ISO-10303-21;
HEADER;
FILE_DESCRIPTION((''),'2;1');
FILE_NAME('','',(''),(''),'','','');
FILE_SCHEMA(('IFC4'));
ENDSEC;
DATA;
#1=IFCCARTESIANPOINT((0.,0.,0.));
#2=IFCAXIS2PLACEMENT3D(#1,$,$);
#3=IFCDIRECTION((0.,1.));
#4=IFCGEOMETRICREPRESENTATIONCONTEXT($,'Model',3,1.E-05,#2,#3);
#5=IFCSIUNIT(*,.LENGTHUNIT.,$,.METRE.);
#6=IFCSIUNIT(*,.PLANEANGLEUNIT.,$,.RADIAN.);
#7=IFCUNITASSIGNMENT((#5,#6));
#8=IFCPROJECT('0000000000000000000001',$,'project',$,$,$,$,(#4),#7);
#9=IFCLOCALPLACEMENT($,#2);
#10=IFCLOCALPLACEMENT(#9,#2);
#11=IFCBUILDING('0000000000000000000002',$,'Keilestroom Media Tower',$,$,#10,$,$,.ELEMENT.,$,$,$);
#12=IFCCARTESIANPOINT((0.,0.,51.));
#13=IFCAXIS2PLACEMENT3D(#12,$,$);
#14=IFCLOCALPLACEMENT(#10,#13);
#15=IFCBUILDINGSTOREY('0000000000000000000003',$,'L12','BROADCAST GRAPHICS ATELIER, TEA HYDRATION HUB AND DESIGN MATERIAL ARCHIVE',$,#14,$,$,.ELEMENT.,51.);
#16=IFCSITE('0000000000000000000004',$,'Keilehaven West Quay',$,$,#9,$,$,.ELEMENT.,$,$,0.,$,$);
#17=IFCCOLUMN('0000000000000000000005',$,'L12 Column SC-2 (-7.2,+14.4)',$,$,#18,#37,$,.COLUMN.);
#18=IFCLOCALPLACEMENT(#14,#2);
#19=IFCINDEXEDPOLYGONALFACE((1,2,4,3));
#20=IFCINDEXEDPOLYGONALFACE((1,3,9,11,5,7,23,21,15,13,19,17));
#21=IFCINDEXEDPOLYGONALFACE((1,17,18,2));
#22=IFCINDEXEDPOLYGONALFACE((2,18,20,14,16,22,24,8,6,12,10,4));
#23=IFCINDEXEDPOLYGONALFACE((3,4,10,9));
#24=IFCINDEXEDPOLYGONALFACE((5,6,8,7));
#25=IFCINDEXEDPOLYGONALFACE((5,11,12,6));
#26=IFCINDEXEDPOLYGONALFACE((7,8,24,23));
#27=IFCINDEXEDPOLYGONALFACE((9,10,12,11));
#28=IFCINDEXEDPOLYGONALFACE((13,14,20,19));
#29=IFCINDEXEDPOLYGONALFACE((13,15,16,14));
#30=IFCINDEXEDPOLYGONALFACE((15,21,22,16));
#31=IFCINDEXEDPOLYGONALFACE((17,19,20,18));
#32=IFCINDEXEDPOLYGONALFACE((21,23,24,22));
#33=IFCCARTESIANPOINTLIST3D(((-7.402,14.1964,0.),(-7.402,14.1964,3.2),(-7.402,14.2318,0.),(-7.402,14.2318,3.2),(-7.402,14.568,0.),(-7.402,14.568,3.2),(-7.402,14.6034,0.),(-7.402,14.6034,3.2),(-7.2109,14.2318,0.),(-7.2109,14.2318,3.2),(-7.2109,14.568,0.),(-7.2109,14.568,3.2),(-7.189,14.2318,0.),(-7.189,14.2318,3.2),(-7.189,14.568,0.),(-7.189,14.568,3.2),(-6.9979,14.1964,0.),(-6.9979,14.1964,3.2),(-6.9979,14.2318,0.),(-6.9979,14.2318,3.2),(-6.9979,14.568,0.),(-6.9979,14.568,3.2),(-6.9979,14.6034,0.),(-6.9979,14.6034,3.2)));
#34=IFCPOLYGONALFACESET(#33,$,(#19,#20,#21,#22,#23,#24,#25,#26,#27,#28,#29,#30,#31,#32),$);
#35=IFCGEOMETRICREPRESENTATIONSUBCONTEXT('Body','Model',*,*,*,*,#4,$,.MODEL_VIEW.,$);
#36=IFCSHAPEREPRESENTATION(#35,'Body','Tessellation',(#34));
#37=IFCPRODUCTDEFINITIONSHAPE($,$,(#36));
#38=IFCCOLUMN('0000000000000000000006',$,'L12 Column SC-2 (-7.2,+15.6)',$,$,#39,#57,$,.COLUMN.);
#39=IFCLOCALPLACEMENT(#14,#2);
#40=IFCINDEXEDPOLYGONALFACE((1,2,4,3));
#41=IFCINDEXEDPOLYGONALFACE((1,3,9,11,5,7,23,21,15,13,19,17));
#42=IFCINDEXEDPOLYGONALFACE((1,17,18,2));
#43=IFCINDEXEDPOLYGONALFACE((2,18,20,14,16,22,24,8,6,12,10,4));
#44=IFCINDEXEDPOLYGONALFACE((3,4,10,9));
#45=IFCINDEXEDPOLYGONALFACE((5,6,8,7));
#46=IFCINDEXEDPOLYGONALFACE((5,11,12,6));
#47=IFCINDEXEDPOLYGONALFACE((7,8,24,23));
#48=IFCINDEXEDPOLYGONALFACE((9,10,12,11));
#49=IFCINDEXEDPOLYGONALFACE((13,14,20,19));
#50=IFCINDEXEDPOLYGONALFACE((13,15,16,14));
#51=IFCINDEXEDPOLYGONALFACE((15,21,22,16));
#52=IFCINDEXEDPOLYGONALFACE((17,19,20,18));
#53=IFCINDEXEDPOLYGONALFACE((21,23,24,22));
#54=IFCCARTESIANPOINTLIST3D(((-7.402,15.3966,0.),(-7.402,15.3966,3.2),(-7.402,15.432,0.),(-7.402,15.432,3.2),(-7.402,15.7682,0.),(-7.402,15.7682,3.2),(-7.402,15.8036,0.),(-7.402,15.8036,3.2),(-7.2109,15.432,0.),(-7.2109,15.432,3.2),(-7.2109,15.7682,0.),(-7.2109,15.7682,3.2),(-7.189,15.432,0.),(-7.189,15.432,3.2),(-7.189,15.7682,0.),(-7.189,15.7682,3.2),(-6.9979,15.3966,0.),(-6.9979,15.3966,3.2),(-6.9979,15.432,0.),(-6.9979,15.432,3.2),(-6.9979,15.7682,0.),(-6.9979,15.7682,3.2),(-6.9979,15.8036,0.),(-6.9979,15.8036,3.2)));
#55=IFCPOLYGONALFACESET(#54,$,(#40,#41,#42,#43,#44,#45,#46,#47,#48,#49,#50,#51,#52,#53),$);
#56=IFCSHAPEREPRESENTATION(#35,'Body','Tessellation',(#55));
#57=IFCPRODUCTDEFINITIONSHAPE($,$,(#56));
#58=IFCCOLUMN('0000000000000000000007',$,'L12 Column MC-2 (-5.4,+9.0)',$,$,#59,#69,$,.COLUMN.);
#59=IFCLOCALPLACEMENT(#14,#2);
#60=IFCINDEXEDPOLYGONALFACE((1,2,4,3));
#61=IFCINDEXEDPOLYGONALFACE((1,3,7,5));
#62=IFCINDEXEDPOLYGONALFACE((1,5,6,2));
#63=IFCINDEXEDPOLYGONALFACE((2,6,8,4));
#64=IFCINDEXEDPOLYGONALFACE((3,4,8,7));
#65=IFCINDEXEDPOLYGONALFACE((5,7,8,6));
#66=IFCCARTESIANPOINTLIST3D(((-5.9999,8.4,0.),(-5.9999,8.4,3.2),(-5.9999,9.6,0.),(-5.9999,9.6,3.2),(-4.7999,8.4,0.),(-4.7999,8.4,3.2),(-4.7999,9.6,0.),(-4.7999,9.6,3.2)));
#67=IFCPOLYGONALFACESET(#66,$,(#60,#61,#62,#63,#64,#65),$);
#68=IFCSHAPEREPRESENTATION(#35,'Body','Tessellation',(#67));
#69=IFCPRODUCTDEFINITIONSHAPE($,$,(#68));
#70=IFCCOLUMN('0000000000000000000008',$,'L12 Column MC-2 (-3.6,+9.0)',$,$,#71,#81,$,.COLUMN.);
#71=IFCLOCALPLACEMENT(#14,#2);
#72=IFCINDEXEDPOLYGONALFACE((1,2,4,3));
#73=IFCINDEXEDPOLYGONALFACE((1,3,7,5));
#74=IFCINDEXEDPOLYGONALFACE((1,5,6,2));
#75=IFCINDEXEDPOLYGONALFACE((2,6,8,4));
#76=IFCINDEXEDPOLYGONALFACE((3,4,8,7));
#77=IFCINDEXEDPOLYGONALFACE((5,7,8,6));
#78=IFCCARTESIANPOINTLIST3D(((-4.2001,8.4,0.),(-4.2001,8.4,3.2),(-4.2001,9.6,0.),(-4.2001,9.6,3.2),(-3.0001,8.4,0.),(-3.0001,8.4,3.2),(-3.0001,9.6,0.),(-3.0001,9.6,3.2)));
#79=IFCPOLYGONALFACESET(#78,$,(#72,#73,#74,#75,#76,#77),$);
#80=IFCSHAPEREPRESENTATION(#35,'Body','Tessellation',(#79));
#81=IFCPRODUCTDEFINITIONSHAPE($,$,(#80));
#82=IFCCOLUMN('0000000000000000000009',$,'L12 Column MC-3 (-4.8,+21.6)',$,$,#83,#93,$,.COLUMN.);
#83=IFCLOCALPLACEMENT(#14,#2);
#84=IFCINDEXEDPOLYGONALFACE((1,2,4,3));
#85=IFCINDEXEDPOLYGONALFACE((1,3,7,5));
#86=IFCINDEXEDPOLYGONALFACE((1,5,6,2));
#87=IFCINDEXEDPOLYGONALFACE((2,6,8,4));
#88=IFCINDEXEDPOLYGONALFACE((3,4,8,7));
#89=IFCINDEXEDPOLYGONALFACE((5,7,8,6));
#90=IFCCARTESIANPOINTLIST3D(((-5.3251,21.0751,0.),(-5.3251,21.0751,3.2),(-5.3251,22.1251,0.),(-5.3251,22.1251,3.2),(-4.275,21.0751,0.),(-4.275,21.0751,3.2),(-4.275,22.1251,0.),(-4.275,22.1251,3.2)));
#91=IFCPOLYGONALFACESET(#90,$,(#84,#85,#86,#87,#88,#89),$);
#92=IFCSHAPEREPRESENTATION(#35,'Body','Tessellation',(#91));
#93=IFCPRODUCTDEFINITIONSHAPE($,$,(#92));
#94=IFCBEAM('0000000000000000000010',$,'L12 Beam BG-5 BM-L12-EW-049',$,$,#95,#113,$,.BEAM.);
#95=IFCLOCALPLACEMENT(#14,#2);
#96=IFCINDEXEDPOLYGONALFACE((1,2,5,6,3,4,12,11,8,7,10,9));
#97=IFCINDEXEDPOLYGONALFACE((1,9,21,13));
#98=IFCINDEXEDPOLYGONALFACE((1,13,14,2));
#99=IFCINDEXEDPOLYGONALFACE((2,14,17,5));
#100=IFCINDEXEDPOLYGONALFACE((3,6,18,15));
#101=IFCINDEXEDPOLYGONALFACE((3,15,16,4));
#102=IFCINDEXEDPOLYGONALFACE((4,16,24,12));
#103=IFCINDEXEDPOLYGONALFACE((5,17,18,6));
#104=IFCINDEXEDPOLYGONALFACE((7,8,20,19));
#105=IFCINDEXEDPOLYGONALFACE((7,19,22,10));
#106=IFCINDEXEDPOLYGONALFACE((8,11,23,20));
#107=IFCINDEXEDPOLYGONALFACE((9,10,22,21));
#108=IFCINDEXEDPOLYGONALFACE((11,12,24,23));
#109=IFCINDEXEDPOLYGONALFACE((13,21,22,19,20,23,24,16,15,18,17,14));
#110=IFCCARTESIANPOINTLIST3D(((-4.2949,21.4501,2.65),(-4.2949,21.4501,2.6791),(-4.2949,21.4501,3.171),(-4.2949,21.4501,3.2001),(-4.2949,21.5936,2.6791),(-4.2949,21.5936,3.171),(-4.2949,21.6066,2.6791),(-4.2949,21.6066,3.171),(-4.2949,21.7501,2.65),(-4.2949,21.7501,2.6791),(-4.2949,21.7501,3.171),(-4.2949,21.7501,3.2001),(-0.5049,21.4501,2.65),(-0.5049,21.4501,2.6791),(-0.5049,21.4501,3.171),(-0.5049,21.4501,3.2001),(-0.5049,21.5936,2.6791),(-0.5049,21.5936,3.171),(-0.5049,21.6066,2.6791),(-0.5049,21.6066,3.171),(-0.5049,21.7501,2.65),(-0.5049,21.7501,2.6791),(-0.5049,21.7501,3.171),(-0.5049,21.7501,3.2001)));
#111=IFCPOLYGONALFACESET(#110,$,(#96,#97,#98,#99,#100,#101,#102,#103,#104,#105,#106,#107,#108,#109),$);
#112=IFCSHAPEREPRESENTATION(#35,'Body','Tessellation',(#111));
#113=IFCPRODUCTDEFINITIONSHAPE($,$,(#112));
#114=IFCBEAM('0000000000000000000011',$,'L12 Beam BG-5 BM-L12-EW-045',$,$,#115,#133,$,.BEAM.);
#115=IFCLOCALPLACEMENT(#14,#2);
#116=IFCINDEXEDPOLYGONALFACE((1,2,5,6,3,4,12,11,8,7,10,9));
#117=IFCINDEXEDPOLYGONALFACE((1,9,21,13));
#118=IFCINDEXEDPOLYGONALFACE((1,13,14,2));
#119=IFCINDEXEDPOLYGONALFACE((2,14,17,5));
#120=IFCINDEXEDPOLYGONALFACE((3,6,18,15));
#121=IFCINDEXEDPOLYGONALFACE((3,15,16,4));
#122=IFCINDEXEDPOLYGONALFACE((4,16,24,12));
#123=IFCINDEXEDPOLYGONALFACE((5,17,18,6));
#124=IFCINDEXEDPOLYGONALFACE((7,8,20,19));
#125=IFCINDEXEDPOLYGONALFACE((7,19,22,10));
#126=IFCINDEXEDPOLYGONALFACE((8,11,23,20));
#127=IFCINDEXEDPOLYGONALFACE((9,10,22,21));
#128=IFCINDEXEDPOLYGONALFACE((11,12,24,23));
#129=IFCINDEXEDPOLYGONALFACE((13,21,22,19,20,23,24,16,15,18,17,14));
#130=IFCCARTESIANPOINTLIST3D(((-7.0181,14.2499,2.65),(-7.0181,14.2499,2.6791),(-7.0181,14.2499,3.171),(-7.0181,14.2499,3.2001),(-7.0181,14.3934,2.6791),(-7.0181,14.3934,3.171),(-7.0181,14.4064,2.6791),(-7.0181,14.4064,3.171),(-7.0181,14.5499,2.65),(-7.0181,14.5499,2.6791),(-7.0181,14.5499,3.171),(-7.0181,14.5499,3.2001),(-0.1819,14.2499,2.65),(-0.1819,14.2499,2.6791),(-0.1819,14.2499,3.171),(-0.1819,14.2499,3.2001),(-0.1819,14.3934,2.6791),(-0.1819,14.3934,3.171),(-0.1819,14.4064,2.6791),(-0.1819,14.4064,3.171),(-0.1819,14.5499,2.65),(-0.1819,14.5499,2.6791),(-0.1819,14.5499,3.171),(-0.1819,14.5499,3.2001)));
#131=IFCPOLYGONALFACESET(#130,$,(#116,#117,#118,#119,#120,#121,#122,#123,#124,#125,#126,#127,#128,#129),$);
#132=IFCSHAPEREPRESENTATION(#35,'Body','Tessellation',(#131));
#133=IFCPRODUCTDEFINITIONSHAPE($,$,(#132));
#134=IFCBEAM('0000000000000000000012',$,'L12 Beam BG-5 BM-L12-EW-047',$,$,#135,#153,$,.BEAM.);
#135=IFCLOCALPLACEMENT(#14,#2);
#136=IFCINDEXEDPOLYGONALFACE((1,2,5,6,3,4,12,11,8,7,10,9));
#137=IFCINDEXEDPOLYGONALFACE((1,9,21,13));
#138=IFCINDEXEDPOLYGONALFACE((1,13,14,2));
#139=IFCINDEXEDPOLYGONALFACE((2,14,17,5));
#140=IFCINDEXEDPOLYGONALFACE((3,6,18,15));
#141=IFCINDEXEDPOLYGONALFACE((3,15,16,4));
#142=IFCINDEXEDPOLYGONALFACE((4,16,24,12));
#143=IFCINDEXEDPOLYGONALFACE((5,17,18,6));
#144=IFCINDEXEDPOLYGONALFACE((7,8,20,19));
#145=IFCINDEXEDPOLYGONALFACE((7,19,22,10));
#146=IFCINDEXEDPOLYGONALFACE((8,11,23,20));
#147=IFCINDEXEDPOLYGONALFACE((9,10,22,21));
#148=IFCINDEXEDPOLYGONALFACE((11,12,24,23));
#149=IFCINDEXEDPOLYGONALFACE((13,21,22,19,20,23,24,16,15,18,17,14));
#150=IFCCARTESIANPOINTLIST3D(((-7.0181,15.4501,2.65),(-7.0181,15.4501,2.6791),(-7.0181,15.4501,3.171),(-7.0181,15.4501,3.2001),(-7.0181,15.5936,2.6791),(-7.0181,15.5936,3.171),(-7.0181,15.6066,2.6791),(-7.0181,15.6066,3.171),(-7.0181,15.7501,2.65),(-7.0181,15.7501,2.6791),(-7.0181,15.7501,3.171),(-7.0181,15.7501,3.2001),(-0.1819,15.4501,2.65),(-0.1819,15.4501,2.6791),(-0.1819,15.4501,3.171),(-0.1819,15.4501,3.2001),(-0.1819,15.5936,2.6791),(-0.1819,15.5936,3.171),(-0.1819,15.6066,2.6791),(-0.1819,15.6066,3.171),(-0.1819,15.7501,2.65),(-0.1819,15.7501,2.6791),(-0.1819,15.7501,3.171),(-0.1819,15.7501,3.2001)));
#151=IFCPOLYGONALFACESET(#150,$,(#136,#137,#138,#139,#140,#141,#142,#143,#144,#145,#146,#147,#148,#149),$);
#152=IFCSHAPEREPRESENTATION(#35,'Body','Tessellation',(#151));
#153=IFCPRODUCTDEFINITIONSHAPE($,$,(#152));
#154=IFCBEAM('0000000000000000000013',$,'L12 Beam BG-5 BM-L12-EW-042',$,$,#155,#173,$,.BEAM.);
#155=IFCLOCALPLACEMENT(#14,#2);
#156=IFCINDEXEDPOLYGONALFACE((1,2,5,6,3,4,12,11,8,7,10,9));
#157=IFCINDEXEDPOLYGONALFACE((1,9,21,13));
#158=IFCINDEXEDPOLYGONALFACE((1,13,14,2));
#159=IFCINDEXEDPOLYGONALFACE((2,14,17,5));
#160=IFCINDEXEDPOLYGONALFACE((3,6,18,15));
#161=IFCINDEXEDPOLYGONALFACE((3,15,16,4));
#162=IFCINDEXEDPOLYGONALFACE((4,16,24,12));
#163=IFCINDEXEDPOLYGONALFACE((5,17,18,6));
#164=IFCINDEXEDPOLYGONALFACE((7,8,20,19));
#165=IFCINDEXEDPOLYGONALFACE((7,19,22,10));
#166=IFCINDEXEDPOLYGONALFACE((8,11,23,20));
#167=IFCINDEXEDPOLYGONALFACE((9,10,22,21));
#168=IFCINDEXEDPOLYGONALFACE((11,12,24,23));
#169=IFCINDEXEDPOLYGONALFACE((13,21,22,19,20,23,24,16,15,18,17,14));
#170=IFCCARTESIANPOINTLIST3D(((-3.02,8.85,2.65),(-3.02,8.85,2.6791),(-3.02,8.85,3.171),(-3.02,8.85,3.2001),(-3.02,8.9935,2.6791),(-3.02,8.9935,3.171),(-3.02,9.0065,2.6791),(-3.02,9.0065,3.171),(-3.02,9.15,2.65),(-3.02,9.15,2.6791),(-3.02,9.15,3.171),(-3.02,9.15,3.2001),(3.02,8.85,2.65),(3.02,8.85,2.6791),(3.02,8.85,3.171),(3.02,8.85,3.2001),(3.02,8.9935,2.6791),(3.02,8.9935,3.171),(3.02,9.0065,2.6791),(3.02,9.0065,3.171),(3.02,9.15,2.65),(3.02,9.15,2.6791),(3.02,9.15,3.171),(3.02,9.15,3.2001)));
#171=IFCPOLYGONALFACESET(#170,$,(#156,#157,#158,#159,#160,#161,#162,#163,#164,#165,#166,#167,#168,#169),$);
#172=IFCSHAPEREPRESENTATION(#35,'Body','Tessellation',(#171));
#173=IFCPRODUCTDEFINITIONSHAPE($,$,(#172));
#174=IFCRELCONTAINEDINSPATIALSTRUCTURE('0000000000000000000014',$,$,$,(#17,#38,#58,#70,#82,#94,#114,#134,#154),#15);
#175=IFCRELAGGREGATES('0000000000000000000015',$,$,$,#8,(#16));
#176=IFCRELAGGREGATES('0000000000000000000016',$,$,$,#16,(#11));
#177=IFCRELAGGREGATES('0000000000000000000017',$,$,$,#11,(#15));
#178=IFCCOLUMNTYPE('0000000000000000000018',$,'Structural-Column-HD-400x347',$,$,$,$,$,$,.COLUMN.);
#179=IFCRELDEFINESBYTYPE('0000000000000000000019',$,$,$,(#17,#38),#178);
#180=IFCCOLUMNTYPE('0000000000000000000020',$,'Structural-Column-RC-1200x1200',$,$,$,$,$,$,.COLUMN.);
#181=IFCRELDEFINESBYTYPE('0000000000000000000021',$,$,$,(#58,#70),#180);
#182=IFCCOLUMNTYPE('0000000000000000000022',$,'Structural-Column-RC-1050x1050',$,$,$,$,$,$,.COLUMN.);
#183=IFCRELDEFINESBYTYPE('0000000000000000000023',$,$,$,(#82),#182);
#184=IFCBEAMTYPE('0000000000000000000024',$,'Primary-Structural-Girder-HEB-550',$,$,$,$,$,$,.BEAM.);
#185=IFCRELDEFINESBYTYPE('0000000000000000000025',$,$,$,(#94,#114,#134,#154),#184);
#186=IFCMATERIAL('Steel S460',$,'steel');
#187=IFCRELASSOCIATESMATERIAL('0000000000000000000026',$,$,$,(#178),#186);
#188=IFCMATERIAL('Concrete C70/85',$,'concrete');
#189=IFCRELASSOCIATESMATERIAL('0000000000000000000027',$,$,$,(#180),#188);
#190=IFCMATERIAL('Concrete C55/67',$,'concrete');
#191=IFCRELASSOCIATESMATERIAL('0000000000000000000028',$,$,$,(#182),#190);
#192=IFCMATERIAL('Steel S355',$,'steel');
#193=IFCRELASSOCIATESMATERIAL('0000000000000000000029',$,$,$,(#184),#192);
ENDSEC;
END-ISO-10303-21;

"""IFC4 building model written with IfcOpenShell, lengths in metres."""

from ifc_helpers import new_model, si_unit, direction, frame, origin, origin_2d, place, context, subcontext, project, spatial, rectangle, i_section, extrude, source, transform, mapped, material, material_profile, profile_set, type_object, element, save


model = new_model("IFC4")

# Units and contexts
model_context = context("Model", 3, precision=1e-05, world=origin(), true_north=direction((0.0, 1.0)))
body_context = subcontext(model_context, "Body", "Model", "MODEL_VIEW")
ifc_project = project(units=[si_unit("LENGTHUNIT", "METRE"), si_unit("PLANEANGLEUNIT", "RADIAN")], contexts=[model_context])

# Site, building, storey
site_placement = place(None, origin())
site = spatial("IfcSite", under=ifc_project, at=site_placement, Name="Keilehaven West Quay", CompositionType="ELEMENT", RefElevation=0.0)
building_placement = place(site_placement, origin())
building = spatial("IfcBuilding", under=site, at=building_placement, Name="Keilestroom Media Tower", CompositionType="ELEMENT")
storey_placement = place(building_placement, frame((0.0, 0.0, 51.0)))
storey = spatial("IfcBuildingStorey", under=building, at=storey_placement, Name="L12", Description="BROADCAST GRAPHICS ATELIER, TEA HYDRATION HUB AND DESIGN MATERIAL ARCHIVE", CompositionType="ELEMENT", Elevation=51.0)

# Columns
ifc_material_1 = material(Name="Steel S460", Category="steel")
ifc_material_profile_1 = material_profile(ifc_material_1, i_section(OverallWidth=0.4041, OverallDepth=0.407, WebThickness=0.022, FlangeThickness=0.0354, at=origin_2d()), Name="HD 400x347")
ifc_profile_set_1 = profile_set([ifc_material_profile_1], Name="Steel S460")
column_type_1 = type_object("IfcColumnType", Name="Structural-Column-HD-400x347", PredefinedType="COLUMN", material=ifc_profile_set_1)
shared_shape_1 = source(origin(), body_context, "Body", "SweptSolid", [
    extrude(i_section(OverallWidth=0.4041, OverallDepth=0.407, WebThickness=0.022, FlangeThickness=0.0354, at=origin_2d()), origin(), (0.0, 0.0, 1.0), 3.2),
])
for number, where, z_axis, x_axis, name in (
    (1, (-7.2, 14.3999, 0.0), (0.0, 0.0, 1.0), (1.0, 0.0, 0.0), "L12 Column SC-2 (-7.2,+14.4)"),
    (2, (-7.2, 15.6001, 0.0), (0.0, 0.0, 1.0), (1.0, 0.0, 0.0), "L12 Column SC-2 (-7.2,+15.6)"),
):
    element("IfcColumn", number, at=place(storey_placement, frame(where, z_axis=z_axis, x_axis=x_axis)), inside=storey, type_object=column_type_1, Name=name, PredefinedType="COLUMN", context=body_context, shape_type="MappedRepresentation", body=[
        mapped(shared_shape_1, transform((0.0, 0.0, 0.0), x_axis=(1.0, 0.0, 0.0), y_axis=(0.0, 1.0, 0.0), z_axis=(0.0, 0.0, 1.0), scale=1.0)),
    ])
ifc_material_2 = material(Name="Concrete C70/85", Category="concrete")
ifc_material_profile_2 = material_profile(ifc_material_2, rectangle(XDim=1.2, YDim=1.2, at=origin_2d()), Name="RC 1200x1200")
ifc_profile_set_2 = profile_set([ifc_material_profile_2], Name="Concrete C70/85")
column_type_2 = type_object("IfcColumnType", Name="Structural-Column-RC-1200x1200", PredefinedType="COLUMN", material=ifc_profile_set_2)
shared_shape_2 = source(origin(), body_context, "Body", "SweptSolid", [
    extrude(rectangle(XDim=1.2, YDim=1.2, at=origin_2d()), origin(), (0.0, 0.0, 1.0), 3.2),
])
for number, where, z_axis, x_axis, name in (
    (3, (-5.3999, 9.0, 0.0), (0.0, 0.0, 1.0), (1.0, 0.0, 0.0), "L12 Column MC-2 (-5.4,+9.0)"),
    (4, (-3.6001, 9.0, 0.0), (0.0, 0.0, 1.0), (1.0, 0.0, 0.0), "L12 Column MC-2 (-3.6,+9.0)"),
):
    element("IfcColumn", number, at=place(storey_placement, frame(where, z_axis=z_axis, x_axis=x_axis)), inside=storey, type_object=column_type_2, Name=name, PredefinedType="COLUMN", context=body_context, shape_type="MappedRepresentation", body=[
        mapped(shared_shape_2, transform((0.0, 0.0, 0.0), x_axis=(1.0, 0.0, 0.0), y_axis=(0.0, 1.0, 0.0), z_axis=(0.0, 0.0, 1.0), scale=1.0)),
    ])
ifc_material_3 = material(Name="Concrete C55/67", Category="concrete")
ifc_material_profile_3 = material_profile(ifc_material_3, rectangle(XDim=1.05, YDim=1.05, at=origin_2d()), Name="RC 1050x1050")
ifc_profile_set_3 = profile_set([ifc_material_profile_3], Name="Concrete C55/67")
column_type_3 = type_object("IfcColumnType", Name="Structural-Column-RC-1050x1050", PredefinedType="COLUMN", material=ifc_profile_set_3)
shared_shape_3 = source(origin(), body_context, "Body", "SweptSolid", [
    extrude(rectangle(XDim=1.05, YDim=1.05, at=origin_2d()), origin(), (0.0, 0.0, 1.0), 3.2),
])
column_placement = place(storey_placement, frame((-4.8, 21.6001, 0.0), z_axis=(0.0, 0.0, 1.0), x_axis=(1.0, 0.0, 0.0)))
element("IfcColumn", 5, at=column_placement, inside=storey, type_object=column_type_3, Name="L12 Column MC-3 (-4.8,+21.6)", PredefinedType="COLUMN", context=body_context, shape_type="MappedRepresentation", body=[
    mapped(shared_shape_3, transform((0.0, 0.0, 0.0), x_axis=(1.0, 0.0, 0.0), y_axis=(0.0, 1.0, 0.0), z_axis=(0.0, 0.0, 1.0), scale=1.0)),
])

# Beams
ifc_material_4 = material(Name="Steel S355", Category="steel")
ifc_material_profile_4 = material_profile(ifc_material_4, i_section(OverallWidth=0.3, OverallDepth=0.55, WebThickness=0.0129, FlangeThickness=0.0291, at=origin_2d()), Name="HEB 550")
ifc_profile_set_4 = profile_set([ifc_material_profile_4], Name="Steel S355")
beam_type = type_object("IfcBeamType", Name="Primary-Structural-Girder-HEB-550", PredefinedType="BEAM", material=ifc_profile_set_4)
shared_shape_4 = source(origin(), body_context, "Body", "SweptSolid", [
    extrude(i_section(OverallWidth=0.3, OverallDepth=0.55, WebThickness=0.0129, FlangeThickness=0.0291, at=origin_2d()), origin(), (0.0, 0.0, 1.0), 3.79),
])
beam_1_placement = place(storey_placement, frame((-4.2949, 21.6001, 2.925), z_axis=(1.0, 0.0, 0.0), x_axis=(0.0, 1.0, 0.0)))
element("IfcBeam", 6, at=beam_1_placement, inside=storey, type_object=beam_type, Name="L12 Beam BG-5 BM-L12-EW-049", PredefinedType="BEAM", context=body_context, shape_type="MappedRepresentation", body=[
    mapped(shared_shape_4, transform((0.0, 0.0, 0.0), x_axis=(1.0, 0.0, 0.0), y_axis=(0.0, 1.0, 0.0), z_axis=(0.0, 0.0, 1.0), scale=1.0)),
])
shared_shape_5 = source(origin(), body_context, "Body", "SweptSolid", [
    extrude(i_section(OverallWidth=0.3, OverallDepth=0.55, WebThickness=0.0129, FlangeThickness=0.0291, at=origin_2d()), origin(), (0.0, 0.0, 1.0), 6.8362),
])
for number, where, z_axis, x_axis, name in (
    (7, (-7.0181, 14.3999, 2.925), (1.0, 0.0, 0.0), (0.0, 1.0, 0.0), "L12 Beam BG-5 BM-L12-EW-045"),
    (8, (-7.0181, 15.6001, 2.925), (1.0, 0.0, 0.0), (0.0, 1.0, 0.0), "L12 Beam BG-5 BM-L12-EW-047"),
):
    element("IfcBeam", number, at=place(storey_placement, frame(where, z_axis=z_axis, x_axis=x_axis)), inside=storey, type_object=beam_type, Name=name, PredefinedType="BEAM", context=body_context, shape_type="MappedRepresentation", body=[
        mapped(shared_shape_5, transform((0.0, 0.0, 0.0), x_axis=(1.0, 0.0, 0.0), y_axis=(0.0, 1.0, 0.0), z_axis=(0.0, 0.0, 1.0), scale=1.0)),
    ])
shared_shape_6 = source(origin(), body_context, "Body", "SweptSolid", [
    extrude(i_section(OverallWidth=0.3, OverallDepth=0.55, WebThickness=0.0129, FlangeThickness=0.0291, at=origin_2d()), origin(), (0.0, 0.0, 1.0), 6.04),
])
beam_2_placement = place(storey_placement, frame((-3.02, 9.0, 2.925), z_axis=(1.0, 0.0, 0.0), x_axis=(0.0, 1.0, 0.0)))
element("IfcBeam", 9, at=beam_2_placement, inside=storey, type_object=beam_type, Name="L12 Beam BG-5 BM-L12-EW-042", PredefinedType="BEAM", context=body_context, shape_type="MappedRepresentation", body=[
    mapped(shared_shape_6, transform((0.0, 0.0, 0.0), x_axis=(1.0, 0.0, 0.0), y_axis=(0.0, 1.0, 0.0), z_axis=(0.0, 0.0, 1.0), scale=1.0)),
])

save(model, "model.ifc")
